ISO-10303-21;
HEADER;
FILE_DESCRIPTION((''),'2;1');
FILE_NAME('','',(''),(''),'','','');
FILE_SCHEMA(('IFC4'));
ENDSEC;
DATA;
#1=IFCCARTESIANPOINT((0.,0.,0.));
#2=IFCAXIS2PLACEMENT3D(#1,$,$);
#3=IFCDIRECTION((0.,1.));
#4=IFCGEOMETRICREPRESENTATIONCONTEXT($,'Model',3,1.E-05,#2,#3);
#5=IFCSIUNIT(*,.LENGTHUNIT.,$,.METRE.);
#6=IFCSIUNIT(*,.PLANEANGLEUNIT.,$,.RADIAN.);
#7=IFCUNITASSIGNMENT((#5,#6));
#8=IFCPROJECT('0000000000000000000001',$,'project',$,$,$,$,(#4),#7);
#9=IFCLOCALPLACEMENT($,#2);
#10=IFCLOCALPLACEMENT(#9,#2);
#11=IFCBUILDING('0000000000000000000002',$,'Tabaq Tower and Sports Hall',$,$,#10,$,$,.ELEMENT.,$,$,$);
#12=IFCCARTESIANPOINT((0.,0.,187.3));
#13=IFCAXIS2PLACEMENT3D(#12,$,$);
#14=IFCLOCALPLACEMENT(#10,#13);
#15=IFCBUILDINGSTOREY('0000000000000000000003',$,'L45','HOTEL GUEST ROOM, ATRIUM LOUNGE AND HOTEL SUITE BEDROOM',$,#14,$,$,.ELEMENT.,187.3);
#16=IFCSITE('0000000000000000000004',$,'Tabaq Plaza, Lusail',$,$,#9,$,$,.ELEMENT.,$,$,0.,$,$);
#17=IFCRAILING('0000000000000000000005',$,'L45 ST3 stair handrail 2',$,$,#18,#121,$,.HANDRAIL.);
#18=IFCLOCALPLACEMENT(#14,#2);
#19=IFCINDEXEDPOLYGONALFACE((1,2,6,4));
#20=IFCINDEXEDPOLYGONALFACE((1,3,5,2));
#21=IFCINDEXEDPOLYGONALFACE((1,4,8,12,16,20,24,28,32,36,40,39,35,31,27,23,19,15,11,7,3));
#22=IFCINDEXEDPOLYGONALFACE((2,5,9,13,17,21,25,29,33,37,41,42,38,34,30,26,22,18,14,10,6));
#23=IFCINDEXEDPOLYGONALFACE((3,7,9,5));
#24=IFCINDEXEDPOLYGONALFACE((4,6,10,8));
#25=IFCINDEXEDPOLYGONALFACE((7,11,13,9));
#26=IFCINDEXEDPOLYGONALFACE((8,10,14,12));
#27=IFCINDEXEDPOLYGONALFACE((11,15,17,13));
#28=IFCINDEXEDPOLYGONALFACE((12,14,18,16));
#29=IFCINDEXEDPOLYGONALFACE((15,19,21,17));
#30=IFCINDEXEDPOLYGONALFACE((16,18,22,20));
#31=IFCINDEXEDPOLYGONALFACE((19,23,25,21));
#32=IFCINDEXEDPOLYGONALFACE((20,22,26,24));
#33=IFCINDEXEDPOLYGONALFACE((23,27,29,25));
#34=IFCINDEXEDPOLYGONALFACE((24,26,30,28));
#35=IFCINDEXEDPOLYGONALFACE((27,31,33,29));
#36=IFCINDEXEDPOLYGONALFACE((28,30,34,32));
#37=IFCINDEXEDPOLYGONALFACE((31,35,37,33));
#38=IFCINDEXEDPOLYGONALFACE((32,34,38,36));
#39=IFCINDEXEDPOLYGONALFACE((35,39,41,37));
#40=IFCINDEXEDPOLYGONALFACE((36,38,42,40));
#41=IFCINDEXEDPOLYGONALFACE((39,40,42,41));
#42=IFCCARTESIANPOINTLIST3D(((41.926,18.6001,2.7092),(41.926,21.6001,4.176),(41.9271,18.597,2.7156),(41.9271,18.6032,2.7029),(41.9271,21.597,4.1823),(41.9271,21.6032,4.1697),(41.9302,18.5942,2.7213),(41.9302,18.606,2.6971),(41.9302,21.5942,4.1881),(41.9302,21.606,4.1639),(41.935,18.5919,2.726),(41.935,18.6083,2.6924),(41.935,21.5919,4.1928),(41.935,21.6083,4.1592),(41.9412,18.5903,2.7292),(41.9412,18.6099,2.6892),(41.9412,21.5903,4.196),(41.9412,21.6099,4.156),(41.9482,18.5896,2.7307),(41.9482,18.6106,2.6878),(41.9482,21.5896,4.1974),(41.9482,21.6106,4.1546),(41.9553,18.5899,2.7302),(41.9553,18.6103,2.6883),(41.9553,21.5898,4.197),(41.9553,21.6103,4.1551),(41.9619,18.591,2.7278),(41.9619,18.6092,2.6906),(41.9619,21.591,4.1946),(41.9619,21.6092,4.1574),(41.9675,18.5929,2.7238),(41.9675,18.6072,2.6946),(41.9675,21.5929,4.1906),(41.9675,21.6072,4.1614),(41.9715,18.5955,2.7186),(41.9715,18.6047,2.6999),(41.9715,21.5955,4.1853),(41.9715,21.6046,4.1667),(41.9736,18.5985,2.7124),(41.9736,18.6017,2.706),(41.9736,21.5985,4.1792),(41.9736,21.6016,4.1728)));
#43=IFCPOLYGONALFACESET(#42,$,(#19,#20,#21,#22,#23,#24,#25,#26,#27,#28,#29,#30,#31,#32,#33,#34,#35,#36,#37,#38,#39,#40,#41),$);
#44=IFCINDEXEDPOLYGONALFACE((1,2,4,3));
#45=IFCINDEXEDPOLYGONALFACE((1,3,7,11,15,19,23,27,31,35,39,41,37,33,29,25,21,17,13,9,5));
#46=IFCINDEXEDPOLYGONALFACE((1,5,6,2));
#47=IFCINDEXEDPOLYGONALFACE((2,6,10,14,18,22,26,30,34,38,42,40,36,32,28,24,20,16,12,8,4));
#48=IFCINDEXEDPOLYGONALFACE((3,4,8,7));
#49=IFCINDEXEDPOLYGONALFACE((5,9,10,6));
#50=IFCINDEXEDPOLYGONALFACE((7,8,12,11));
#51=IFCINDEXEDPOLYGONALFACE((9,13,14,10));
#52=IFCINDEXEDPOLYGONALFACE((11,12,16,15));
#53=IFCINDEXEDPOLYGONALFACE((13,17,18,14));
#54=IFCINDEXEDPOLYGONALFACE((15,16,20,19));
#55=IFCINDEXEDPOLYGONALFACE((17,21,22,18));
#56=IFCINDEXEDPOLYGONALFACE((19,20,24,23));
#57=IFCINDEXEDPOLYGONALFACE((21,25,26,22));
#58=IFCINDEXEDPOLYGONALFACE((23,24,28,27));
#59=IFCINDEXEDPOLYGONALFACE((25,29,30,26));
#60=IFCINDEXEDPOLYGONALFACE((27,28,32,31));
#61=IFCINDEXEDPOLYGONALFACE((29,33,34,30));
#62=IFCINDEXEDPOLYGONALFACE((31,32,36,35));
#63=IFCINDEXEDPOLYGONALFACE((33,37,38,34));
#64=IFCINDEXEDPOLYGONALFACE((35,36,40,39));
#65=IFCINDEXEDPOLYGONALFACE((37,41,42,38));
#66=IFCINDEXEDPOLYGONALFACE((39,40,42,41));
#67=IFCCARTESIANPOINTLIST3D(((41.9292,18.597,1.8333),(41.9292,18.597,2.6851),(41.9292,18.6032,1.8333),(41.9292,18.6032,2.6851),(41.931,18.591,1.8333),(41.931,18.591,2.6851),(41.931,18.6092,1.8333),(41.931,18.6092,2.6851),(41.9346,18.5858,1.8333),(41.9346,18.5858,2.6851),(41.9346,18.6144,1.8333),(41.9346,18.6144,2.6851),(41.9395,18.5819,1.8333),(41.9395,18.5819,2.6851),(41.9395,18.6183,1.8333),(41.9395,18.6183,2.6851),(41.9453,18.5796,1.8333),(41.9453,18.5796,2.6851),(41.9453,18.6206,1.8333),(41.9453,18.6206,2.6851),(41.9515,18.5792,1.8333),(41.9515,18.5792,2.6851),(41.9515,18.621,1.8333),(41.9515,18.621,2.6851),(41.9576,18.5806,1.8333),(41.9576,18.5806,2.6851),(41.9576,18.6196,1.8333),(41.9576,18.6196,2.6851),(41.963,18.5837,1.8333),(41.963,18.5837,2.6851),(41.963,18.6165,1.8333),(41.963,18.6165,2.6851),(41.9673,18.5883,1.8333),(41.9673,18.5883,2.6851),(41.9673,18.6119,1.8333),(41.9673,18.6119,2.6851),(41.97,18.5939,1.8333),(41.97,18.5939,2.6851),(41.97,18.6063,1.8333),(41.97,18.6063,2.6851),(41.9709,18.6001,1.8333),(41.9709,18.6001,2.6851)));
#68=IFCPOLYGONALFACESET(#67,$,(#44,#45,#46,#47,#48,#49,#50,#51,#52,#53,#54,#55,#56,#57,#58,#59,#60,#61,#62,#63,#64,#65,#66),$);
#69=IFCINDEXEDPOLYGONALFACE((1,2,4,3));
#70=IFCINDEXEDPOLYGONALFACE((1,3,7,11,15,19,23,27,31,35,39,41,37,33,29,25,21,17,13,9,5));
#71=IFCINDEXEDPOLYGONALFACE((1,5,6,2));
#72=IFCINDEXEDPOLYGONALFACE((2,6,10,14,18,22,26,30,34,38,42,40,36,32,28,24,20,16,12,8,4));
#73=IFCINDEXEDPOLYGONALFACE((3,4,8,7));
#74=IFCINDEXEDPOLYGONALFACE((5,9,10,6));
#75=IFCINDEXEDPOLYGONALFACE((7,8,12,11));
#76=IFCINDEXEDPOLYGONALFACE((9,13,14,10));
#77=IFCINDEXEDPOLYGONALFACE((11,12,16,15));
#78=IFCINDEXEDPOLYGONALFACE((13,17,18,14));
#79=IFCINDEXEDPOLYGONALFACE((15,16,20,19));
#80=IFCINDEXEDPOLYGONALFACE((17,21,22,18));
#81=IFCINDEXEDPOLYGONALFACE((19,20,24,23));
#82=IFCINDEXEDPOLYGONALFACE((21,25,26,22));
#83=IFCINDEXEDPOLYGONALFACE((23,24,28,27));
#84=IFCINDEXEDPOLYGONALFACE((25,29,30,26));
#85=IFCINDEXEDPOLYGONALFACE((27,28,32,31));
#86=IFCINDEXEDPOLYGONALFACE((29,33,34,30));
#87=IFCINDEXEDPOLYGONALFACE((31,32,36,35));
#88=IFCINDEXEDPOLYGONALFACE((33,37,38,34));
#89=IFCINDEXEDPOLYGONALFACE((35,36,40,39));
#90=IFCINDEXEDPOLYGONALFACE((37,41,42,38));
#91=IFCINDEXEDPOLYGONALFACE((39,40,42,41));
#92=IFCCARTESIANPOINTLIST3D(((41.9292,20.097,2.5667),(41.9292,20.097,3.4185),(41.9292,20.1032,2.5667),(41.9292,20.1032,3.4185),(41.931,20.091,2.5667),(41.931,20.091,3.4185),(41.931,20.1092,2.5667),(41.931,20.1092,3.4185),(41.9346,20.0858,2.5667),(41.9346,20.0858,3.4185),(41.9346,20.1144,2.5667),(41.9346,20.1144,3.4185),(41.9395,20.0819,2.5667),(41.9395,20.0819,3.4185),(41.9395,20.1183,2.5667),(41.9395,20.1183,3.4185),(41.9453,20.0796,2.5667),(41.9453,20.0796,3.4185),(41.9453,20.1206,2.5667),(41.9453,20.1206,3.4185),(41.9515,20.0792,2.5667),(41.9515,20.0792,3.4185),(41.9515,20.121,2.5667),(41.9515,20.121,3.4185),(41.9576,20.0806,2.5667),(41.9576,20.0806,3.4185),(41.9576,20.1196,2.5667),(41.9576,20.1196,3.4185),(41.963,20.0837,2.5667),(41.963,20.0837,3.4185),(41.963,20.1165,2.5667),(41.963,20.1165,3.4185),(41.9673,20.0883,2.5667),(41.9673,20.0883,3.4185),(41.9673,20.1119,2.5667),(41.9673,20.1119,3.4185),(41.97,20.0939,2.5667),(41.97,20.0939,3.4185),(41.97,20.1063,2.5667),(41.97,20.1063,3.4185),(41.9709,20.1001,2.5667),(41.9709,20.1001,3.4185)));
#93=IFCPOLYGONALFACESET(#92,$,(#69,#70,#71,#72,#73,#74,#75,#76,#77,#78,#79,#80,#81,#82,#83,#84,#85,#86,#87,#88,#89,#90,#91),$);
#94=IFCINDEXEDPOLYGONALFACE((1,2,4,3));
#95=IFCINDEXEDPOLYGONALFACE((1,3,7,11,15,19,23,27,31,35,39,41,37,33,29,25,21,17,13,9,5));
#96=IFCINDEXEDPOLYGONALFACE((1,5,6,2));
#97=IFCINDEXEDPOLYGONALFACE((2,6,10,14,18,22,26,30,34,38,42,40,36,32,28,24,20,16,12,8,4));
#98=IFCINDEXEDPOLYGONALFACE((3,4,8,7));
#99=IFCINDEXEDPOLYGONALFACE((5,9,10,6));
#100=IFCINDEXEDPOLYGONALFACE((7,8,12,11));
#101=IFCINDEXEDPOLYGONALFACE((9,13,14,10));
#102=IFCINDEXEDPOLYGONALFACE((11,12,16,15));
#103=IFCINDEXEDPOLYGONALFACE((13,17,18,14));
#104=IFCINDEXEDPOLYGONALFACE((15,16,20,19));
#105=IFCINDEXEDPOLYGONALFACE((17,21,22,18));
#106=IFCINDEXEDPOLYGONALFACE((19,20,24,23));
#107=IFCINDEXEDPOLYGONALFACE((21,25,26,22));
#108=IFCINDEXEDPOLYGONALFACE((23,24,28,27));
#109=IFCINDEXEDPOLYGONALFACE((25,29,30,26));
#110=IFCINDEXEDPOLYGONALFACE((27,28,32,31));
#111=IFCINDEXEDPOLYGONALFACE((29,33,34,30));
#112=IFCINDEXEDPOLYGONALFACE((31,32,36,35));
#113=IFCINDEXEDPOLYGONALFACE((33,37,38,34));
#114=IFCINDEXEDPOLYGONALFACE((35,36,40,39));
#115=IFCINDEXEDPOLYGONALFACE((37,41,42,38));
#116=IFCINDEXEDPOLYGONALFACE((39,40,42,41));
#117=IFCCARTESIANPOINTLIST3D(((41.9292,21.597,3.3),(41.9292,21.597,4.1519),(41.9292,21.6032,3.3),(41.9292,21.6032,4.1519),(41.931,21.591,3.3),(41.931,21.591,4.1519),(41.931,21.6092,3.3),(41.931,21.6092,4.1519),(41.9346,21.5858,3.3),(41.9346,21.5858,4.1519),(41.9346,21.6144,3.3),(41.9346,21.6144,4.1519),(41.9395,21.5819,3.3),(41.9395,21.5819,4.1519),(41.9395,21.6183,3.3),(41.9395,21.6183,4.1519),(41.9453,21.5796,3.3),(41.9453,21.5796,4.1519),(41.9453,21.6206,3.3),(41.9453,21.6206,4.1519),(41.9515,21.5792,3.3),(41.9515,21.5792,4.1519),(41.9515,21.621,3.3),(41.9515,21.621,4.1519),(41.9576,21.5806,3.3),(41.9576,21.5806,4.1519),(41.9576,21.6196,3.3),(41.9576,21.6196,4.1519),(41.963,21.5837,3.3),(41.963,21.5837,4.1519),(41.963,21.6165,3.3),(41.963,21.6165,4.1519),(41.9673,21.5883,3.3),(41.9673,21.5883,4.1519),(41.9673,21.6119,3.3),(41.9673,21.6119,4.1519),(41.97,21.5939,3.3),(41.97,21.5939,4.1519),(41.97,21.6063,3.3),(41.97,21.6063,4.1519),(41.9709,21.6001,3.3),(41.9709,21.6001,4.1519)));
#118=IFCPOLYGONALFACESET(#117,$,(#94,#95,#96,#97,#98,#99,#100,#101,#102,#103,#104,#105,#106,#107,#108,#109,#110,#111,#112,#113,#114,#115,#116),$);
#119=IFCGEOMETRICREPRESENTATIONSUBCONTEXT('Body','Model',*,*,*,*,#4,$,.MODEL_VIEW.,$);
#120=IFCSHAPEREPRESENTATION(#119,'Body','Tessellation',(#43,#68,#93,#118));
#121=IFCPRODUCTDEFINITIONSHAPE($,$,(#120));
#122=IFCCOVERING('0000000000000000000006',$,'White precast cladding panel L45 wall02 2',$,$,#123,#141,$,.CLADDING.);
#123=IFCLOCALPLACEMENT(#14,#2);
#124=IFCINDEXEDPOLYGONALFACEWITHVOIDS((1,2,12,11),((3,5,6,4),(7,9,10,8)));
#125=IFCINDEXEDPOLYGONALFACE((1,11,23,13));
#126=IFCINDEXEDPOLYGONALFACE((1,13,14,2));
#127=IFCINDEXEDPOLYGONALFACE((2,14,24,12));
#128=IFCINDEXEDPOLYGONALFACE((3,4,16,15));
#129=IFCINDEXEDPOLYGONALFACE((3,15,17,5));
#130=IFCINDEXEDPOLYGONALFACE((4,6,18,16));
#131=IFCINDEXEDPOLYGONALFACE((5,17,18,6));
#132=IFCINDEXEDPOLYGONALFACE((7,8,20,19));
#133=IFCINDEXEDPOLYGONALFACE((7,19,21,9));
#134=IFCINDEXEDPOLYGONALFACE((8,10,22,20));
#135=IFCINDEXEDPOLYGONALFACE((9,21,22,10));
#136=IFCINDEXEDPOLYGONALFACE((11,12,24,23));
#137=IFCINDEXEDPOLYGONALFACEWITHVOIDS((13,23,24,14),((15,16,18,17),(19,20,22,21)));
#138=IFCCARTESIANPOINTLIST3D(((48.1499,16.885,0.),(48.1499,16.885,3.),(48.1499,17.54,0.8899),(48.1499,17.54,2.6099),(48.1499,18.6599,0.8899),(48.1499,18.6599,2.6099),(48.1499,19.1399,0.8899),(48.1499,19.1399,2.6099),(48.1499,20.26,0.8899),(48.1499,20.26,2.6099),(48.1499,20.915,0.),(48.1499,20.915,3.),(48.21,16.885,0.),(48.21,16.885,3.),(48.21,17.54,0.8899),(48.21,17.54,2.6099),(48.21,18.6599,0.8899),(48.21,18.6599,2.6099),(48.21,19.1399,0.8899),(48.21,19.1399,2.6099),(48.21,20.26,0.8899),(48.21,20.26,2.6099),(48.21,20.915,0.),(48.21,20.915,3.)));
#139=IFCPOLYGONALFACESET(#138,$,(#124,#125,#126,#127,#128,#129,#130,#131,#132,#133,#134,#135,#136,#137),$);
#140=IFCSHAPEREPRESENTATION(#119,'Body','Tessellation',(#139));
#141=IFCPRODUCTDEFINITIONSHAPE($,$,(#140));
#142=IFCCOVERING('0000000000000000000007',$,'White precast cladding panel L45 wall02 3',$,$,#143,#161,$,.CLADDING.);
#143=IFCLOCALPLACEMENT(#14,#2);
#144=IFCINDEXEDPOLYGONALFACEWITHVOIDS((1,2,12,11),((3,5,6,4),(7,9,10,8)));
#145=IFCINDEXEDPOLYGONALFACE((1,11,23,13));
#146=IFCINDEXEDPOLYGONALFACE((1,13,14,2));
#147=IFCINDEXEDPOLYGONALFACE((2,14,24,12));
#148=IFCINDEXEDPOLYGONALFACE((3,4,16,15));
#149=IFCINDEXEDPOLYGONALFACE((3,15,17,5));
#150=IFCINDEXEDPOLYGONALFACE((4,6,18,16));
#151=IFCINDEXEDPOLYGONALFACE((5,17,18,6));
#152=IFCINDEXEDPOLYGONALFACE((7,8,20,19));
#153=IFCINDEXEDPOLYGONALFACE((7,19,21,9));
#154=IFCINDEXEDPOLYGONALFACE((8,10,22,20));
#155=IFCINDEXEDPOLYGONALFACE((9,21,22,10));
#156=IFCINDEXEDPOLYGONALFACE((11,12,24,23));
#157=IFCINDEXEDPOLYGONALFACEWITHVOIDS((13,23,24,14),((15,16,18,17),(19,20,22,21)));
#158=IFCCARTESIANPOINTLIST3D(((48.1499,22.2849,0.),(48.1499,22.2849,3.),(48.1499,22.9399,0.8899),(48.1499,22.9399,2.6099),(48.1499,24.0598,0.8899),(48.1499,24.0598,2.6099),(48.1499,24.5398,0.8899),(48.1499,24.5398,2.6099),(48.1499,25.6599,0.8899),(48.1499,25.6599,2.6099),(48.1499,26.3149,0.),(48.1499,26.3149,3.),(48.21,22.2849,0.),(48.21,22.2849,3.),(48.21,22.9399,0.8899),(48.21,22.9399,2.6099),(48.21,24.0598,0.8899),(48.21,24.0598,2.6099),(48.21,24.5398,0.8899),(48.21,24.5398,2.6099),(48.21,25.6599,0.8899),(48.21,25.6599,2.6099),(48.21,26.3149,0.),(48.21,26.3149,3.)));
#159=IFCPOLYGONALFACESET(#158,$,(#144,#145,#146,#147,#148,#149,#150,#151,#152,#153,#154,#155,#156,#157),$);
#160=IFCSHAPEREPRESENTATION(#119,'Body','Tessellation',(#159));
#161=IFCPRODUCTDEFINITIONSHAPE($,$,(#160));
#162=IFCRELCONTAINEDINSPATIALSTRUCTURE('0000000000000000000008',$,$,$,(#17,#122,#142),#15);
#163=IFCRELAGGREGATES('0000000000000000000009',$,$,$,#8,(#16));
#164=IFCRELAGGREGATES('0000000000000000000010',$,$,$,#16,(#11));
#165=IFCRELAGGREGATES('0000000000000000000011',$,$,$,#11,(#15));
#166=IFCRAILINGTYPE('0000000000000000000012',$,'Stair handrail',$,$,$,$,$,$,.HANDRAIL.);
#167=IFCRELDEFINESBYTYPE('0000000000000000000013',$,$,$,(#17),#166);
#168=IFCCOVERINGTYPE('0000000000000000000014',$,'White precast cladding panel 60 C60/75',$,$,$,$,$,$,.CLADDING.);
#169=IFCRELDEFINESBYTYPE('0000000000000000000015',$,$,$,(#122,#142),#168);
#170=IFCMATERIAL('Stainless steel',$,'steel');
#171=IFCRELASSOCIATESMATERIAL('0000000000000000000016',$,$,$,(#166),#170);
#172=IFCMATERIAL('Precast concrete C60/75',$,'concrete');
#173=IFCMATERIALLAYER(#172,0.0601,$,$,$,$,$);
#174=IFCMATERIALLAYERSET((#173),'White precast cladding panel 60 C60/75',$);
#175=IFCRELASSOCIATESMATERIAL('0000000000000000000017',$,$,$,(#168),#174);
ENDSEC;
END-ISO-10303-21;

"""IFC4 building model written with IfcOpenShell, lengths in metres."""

from ifc_helpers import new_model, si_unit, direction, frame, origin, origin_2d, place, context, subcontext, project, spatial, polyline, circle, outline, extrude, material, layer, layer_set, type_object, element, save


model = new_model("IFC4")

# Units and contexts
model_context = context("Model", 3, precision=1e-05, world=origin(), true_north=direction((0.0, 1.0)))
body_context = subcontext(model_context, "Body", "Model", "MODEL_VIEW")
ifc_project = project(units=[si_unit("LENGTHUNIT", "METRE"), si_unit("PLANEANGLEUNIT", "RADIAN")], contexts=[model_context])

# Site, building, storey
site_placement = place(None, origin())
site = spatial("IfcSite", under=ifc_project, at=site_placement, Name="Tabaq Plaza, Lusail", CompositionType="ELEMENT", RefElevation=0.0)
building_placement = place(site_placement, origin())
building = spatial("IfcBuilding", under=site, at=building_placement, Name="Tabaq Tower and Sports Hall", CompositionType="ELEMENT")
storey_placement = place(building_placement, frame((0.0, 0.0, 187.3)))
storey = spatial("IfcBuildingStorey", under=building, at=storey_placement, Name="L45", Description="HOTEL GUEST ROOM, ATRIUM LOUNGE AND HOTEL SUITE BEDROOM", CompositionType="ELEMENT", Elevation=187.3)

# Railing
ifc_material_1 = material(Name="Stainless steel", Category="steel")
railing_type_1 = type_object("IfcRailingType", Name="Stair handrail", PredefinedType="HANDRAIL", material=ifc_material_1)
railing_1_placement = place(storey_placement, frame((41.95, 18.6001, 1.8333)))
element("IfcRailing", 1, at=railing_1_placement, inside=storey, type_object=railing_type_1, Name="L45 ST3 stair handrail 2", PredefinedType="HANDRAIL", context=body_context, shape_type="SweptSolid", body=[
    extrude(circle(Radius=0.0239, at=origin_2d()), frame((0.0, 0.0, 0.876), z_axis=(0.0, 0.898369, 0.439242), x_axis=(-1.0, 0.0, 0.0)), (0.0, 0.0, 1.0), 3.3394),
    extrude(circle(Radius=0.021, at=origin_2d()), origin(), (0.0, 0.0, 1.0), 0.8518),
    extrude(circle(Radius=0.021, at=origin_2d()), frame((0.0, 1.5, 0.7334)), (0.0, 0.0, 1.0), 0.8518),
    extrude(circle(Radius=0.021, at=origin_2d()), frame((0.0, 3.0, 1.4668)), (0.0, 0.0, 1.0), 0.8518),
])

# Coverings
ifc_material_2 = material(Name="Precast concrete C60/75", Category="concrete")
ifc_layer_1 = layer(ifc_material_2, 0.0601)
ifc_layer_set_1 = layer_set([ifc_layer_1], Name="White precast cladding panel 60 C60/75")
covering_type_1 = type_object("IfcCoveringType", Name="White precast cladding panel 60 C60/75", PredefinedType="CLADDING", material=ifc_layer_set_1)
for number, where, z_axis, x_axis, name in (
    (2, (48.1799, 16.885, 0.0), (0.0, 0.0, 1.0), (0.0, 1.0, 0.0), "White precast cladding panel L45 wall02 2"),
    (3, (48.1799, 22.2849, 0.0), (0.0, 0.0, 1.0), (0.0, 1.0, 0.0), "White precast cladding panel L45 wall02 3"),
):
    element("IfcCovering", number, at=place(storey_placement, frame(where, z_axis=z_axis, x_axis=x_axis)), inside=storey, type_object=covering_type_1, Name=name, PredefinedType="CLADDING", context=body_context, shape_type="SweptSolid", body=[
        extrude(outline(polyline([(0.0, 0.0), (4.03, 0.0), (4.03, 3.0), (0.0, 3.0), (0.0, 0.0)]), holes=[polyline([(0.655, 2.6099), (1.7749, 2.6099), (1.7749, 0.8899), (0.655, 0.8899), (0.655, 2.6099)]), polyline([(2.2549, 2.6099), (3.375, 2.6099), (3.375, 0.8899), (2.2549, 0.8899), (2.2549, 2.6099)])]), frame((0.0, 0.03, 0.0), z_axis=(0.0, -1.0, 0.0), x_axis=(1.0, 0.0, 0.0)), (0.0, 0.0, 1.0), 0.0601),
    ])

save(model, "model.ifc")
